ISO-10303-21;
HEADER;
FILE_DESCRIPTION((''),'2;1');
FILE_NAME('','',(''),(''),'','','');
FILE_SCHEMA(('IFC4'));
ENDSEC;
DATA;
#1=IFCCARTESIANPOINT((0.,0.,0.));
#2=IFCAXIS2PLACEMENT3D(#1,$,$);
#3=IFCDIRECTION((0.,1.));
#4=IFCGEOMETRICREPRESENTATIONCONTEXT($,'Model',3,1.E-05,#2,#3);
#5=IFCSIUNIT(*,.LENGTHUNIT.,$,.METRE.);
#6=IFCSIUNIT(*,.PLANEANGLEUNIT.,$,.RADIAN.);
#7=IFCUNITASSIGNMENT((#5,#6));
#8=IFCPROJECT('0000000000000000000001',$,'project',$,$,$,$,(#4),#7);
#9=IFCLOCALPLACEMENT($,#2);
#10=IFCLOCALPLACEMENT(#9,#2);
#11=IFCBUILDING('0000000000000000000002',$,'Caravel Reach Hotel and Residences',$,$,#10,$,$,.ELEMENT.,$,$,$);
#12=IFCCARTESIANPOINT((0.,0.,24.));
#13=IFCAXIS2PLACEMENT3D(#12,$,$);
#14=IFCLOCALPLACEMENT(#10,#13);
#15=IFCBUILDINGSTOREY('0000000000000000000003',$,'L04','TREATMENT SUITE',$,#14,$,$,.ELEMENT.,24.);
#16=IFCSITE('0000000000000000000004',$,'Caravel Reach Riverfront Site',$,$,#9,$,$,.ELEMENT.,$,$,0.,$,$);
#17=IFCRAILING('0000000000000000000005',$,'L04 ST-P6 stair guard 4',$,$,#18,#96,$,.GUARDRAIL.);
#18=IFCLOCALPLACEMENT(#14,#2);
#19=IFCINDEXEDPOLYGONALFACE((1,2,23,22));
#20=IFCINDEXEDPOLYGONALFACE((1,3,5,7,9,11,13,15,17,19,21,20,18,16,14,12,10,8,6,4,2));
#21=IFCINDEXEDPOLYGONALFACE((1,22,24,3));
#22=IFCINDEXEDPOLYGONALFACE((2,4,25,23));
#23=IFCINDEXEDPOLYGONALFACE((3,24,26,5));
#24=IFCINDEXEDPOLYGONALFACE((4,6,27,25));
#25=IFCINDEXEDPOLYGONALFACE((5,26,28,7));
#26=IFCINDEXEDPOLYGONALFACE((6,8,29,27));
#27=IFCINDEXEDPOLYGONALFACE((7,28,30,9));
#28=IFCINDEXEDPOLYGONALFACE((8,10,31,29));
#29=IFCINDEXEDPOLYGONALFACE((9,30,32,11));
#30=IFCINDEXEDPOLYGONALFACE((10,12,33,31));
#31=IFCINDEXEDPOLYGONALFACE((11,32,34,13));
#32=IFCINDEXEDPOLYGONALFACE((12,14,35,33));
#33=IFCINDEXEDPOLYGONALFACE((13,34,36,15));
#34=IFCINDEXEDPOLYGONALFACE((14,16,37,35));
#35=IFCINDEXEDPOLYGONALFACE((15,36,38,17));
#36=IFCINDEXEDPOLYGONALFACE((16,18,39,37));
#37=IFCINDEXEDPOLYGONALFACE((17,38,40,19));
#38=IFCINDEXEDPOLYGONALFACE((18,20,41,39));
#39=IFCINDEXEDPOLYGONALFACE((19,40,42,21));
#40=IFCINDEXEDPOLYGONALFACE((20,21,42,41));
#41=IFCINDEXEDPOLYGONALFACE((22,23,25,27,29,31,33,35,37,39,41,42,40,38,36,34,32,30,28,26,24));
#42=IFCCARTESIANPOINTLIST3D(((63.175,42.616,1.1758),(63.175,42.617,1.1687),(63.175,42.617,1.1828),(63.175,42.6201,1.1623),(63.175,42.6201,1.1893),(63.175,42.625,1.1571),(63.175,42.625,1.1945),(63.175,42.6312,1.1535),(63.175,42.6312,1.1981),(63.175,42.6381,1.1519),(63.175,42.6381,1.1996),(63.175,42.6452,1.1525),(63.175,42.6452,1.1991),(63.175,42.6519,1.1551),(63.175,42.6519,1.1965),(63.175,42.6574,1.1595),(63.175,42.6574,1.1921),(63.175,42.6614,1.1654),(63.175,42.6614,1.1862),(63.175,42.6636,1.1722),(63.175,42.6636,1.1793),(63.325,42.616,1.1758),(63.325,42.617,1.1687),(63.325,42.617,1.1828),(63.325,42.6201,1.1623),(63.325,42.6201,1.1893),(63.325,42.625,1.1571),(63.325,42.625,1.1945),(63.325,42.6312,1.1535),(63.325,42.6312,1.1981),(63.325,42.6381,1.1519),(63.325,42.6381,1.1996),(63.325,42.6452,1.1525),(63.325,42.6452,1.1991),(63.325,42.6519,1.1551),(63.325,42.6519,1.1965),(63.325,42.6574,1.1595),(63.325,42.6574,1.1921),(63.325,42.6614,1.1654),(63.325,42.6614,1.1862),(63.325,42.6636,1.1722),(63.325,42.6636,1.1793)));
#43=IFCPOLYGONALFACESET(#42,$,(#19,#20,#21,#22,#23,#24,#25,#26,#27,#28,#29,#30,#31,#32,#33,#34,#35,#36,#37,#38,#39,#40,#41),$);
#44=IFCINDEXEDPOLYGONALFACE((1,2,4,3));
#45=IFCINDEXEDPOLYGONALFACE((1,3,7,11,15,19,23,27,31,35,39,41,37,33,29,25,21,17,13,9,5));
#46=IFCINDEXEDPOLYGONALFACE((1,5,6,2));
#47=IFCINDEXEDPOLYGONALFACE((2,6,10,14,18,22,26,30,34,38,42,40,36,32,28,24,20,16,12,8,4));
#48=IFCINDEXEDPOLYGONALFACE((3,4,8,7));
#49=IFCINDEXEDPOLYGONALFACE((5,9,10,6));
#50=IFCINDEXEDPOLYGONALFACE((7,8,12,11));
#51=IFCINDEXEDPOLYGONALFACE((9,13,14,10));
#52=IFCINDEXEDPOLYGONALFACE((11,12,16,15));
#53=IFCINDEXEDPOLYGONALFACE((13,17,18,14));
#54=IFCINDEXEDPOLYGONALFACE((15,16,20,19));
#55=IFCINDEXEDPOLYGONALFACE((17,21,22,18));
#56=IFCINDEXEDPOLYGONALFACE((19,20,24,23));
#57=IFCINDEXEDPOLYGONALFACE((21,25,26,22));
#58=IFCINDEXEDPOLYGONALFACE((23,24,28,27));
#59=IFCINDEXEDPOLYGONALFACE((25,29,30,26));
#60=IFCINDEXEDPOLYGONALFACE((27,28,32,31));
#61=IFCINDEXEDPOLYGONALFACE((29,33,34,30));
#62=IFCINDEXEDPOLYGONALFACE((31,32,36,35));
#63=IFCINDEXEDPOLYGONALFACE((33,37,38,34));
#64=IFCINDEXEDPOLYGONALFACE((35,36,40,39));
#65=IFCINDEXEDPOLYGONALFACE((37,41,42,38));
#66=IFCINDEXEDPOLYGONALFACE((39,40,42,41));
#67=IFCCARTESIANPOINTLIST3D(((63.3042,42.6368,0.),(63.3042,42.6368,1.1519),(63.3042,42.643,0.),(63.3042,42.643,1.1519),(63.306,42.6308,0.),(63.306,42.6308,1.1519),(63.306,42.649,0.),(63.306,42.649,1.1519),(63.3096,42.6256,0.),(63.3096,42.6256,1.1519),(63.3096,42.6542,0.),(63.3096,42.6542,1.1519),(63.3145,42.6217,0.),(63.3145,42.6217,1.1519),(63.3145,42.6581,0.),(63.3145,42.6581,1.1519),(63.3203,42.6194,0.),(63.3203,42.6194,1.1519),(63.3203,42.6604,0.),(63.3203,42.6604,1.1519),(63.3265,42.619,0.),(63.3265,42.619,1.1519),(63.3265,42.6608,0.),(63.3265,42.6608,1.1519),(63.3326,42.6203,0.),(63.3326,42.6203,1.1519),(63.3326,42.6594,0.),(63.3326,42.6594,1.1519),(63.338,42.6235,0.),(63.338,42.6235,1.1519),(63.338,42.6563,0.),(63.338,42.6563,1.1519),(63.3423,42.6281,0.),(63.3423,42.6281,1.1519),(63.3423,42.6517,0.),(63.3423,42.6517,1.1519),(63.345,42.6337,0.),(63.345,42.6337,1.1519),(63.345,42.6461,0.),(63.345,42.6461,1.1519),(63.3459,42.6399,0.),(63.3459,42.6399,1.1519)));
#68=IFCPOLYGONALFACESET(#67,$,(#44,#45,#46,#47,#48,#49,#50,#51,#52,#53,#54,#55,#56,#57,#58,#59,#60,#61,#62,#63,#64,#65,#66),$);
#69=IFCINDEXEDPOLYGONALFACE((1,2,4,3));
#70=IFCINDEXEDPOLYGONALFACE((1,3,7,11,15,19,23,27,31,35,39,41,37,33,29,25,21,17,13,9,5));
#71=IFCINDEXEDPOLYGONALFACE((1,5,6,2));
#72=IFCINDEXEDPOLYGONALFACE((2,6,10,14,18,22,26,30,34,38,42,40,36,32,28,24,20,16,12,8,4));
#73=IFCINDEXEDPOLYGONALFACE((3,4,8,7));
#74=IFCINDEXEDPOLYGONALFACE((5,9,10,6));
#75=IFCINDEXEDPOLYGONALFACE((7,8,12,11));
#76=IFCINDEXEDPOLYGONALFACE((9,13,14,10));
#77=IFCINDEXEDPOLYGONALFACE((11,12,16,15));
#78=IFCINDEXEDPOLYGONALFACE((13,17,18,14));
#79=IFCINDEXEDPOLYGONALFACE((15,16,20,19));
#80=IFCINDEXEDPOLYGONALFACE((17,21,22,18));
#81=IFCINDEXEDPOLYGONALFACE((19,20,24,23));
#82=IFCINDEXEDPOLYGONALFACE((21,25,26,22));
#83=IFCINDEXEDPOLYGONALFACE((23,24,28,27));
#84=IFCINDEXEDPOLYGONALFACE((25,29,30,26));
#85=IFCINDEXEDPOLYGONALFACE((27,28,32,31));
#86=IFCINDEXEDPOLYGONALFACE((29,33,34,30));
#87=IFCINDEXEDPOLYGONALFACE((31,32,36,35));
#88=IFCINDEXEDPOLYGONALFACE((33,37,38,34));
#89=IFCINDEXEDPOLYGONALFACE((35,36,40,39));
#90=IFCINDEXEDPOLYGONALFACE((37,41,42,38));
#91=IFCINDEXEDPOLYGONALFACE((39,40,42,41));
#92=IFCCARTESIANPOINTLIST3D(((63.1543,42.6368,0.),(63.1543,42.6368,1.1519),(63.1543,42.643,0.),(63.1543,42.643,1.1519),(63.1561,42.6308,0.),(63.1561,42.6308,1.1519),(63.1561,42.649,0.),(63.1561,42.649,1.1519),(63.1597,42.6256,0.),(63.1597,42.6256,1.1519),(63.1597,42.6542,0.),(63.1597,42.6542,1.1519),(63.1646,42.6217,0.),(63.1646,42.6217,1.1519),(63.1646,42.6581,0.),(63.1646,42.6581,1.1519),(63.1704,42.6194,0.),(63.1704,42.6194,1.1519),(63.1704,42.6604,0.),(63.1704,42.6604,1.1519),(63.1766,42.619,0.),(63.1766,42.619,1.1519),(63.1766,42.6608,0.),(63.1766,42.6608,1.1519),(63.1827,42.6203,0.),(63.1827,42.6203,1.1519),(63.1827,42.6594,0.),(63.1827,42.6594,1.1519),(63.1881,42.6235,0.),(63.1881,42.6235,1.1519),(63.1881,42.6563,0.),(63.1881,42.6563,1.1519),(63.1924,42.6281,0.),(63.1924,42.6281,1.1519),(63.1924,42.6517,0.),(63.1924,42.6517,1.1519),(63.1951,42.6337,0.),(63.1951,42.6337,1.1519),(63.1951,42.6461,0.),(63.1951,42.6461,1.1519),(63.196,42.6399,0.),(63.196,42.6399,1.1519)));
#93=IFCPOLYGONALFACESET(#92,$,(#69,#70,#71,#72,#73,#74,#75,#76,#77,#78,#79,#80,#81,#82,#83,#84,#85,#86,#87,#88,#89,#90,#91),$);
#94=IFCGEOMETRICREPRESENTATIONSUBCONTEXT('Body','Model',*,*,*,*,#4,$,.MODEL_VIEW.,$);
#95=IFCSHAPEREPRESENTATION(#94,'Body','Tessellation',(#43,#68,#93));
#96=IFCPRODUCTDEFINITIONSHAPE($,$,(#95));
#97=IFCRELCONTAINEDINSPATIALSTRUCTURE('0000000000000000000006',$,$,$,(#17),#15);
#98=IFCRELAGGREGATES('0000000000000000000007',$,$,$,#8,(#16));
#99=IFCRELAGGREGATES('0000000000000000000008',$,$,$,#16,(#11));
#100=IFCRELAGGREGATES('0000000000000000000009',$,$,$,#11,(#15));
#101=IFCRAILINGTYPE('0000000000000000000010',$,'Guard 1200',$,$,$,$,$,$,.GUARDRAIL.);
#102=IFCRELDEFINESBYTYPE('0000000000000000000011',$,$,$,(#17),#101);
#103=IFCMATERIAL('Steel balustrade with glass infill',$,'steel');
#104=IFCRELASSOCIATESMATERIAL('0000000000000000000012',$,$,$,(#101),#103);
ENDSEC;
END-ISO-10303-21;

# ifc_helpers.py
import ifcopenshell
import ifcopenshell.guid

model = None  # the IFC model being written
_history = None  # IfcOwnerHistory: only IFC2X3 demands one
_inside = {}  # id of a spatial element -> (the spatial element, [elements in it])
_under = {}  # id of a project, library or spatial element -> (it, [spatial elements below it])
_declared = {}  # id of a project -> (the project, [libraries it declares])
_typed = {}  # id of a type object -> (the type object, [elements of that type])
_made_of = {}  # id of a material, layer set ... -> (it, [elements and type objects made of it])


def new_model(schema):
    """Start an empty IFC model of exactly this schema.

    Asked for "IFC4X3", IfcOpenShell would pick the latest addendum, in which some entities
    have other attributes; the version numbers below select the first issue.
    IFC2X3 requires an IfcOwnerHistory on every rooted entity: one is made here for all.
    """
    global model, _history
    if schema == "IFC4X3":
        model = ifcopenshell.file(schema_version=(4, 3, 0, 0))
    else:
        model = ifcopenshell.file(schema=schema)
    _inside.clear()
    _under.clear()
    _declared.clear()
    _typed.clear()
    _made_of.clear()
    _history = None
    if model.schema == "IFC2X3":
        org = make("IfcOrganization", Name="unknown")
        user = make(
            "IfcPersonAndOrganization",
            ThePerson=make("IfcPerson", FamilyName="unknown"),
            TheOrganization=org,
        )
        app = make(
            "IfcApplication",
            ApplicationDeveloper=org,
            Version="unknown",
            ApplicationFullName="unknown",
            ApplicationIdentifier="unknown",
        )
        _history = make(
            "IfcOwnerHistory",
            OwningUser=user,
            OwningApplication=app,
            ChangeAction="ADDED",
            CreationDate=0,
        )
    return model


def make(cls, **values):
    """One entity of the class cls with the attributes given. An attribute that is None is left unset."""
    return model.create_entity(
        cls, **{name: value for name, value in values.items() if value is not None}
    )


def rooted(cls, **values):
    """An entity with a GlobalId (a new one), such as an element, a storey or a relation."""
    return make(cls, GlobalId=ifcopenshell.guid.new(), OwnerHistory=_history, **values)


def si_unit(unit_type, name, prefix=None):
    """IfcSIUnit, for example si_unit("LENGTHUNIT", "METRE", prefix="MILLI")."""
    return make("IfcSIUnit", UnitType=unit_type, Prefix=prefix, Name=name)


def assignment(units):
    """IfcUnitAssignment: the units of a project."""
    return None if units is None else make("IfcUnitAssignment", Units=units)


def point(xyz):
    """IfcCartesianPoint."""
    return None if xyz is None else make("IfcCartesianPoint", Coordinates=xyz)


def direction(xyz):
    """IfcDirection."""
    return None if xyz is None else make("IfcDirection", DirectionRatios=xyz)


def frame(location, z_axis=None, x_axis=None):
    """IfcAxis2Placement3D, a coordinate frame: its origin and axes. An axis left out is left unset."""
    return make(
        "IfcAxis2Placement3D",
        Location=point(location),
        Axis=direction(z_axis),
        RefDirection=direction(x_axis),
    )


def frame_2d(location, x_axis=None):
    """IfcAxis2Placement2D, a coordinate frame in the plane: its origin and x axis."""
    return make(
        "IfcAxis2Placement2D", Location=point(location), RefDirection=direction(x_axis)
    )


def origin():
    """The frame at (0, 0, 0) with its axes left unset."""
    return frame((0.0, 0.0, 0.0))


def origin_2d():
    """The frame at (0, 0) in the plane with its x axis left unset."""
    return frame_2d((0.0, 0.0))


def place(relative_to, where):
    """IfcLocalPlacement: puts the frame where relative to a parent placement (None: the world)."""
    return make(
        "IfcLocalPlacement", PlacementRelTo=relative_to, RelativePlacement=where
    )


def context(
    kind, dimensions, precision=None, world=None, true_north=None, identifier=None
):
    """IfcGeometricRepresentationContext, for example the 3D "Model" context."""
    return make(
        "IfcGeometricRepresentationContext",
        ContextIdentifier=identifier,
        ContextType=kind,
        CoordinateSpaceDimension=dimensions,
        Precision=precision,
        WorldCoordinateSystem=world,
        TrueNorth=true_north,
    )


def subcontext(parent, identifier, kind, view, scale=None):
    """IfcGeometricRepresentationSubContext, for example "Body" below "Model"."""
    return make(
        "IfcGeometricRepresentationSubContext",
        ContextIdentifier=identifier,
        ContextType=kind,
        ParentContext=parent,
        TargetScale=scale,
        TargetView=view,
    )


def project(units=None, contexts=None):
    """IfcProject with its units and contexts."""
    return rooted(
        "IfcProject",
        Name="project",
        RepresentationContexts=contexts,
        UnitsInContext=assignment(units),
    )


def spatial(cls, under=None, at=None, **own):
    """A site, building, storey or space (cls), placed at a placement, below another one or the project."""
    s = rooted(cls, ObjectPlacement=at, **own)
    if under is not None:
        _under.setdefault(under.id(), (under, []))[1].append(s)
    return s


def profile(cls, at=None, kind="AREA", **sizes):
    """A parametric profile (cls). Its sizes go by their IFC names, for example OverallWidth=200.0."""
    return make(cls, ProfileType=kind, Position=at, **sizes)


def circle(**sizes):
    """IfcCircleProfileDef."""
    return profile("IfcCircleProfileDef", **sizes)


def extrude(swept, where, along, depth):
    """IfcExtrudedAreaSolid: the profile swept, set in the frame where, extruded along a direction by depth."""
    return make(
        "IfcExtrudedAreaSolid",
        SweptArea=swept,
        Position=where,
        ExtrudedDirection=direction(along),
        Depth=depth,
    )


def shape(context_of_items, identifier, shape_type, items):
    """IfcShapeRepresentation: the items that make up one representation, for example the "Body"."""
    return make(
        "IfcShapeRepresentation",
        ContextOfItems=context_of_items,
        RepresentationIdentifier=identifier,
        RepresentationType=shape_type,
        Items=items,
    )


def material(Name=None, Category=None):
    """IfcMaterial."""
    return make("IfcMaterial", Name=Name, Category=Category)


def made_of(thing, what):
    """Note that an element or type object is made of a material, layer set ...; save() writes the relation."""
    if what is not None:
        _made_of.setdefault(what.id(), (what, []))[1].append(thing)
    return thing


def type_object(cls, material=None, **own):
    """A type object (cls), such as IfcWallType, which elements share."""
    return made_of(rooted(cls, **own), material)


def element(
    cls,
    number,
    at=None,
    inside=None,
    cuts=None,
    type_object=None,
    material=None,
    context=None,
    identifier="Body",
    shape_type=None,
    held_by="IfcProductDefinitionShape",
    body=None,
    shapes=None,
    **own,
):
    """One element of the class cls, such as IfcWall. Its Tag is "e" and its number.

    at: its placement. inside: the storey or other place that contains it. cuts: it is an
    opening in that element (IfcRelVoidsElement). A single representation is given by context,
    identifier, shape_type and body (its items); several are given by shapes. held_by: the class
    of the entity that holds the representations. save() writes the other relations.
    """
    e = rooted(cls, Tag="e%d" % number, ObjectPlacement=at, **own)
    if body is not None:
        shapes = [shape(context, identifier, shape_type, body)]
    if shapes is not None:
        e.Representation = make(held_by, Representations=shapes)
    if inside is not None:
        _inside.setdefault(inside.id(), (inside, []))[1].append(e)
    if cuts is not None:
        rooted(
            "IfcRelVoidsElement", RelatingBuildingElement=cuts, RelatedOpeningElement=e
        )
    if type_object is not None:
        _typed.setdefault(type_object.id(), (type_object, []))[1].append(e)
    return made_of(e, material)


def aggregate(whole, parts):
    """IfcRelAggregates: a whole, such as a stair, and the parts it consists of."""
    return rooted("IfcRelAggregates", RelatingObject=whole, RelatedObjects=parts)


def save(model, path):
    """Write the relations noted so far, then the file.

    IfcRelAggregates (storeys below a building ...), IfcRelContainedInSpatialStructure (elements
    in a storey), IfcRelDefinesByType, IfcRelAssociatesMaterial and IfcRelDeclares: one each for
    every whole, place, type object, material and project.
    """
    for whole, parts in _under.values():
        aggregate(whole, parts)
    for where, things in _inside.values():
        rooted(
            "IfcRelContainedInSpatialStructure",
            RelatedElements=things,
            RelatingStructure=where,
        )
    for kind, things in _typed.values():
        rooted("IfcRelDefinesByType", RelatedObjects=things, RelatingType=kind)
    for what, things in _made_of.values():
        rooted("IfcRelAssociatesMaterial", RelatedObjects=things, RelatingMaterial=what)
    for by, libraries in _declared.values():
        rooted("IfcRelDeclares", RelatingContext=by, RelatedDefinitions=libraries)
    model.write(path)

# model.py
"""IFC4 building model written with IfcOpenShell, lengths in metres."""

from ifc_helpers import new_model, si_unit, direction, frame, origin, origin_2d, place, context, subcontext, project, spatial, circle, extrude, material, type_object, element, save


model = new_model("IFC4")

# Units and contexts
model_context = context("Model", 3, precision=1e-05, world=origin(), true_north=direction((0.0, 1.0)))
body_context = subcontext(model_context, "Body", "Model", "MODEL_VIEW")
ifc_project = project(units=[si_unit("LENGTHUNIT", "METRE"), si_unit("PLANEANGLEUNIT", "RADIAN")], contexts=[model_context])

# Site, building, storey
site_placement = place(None, origin())
site = spatial("IfcSite", under=ifc_project, at=site_placement, Name="Caravel Reach Riverfront Site", CompositionType="ELEMENT", RefElevation=0.0)
building_placement = place(site_placement, origin())
building = spatial("IfcBuilding", under=site, at=building_placement, Name="Caravel Reach Hotel and Residences", CompositionType="ELEMENT")
storey_placement = place(building_placement, frame((0.0, 0.0, 24.0)))
storey = spatial("IfcBuildingStorey", under=building, at=storey_placement, Name="L04", Description="TREATMENT SUITE", CompositionType="ELEMENT", Elevation=24.0)

# Railing
ifc_material_1 = material(Name="Steel balustrade with glass infill", Category="steel")
railing_type_1 = type_object("IfcRailingType", Name="Guard 1200", PredefinedType="GUARDRAIL", material=ifc_material_1)
railing_1_placement = place(storey_placement, frame((63.325, 42.6399, 0.0)))
element("IfcRailing", 1, at=railing_1_placement, inside=storey, type_object=railing_type_1, Name="L04 ST-P6 stair guard 4", PredefinedType="GUARDRAIL", context=body_context, shape_type="SweptSolid", body=[
    extrude(circle(Radius=0.0239, at=origin_2d()), frame((0.0, 0.0, 1.1758), z_axis=(-1.0, 0.0, 0.0), x_axis=(0.0, -1.0, 0.0)), (0.0, 0.0, 1.0), 0.1499),
    extrude(circle(Radius=0.021, at=origin_2d()), origin(), (0.0, 0.0, 1.0), 1.1519),
    extrude(circle(Radius=0.021, at=origin_2d()), frame((-0.1499, 0.0, 0.0)), (0.0, 0.0, 1.0), 1.1519),
])

save(model, "model.ifc")
